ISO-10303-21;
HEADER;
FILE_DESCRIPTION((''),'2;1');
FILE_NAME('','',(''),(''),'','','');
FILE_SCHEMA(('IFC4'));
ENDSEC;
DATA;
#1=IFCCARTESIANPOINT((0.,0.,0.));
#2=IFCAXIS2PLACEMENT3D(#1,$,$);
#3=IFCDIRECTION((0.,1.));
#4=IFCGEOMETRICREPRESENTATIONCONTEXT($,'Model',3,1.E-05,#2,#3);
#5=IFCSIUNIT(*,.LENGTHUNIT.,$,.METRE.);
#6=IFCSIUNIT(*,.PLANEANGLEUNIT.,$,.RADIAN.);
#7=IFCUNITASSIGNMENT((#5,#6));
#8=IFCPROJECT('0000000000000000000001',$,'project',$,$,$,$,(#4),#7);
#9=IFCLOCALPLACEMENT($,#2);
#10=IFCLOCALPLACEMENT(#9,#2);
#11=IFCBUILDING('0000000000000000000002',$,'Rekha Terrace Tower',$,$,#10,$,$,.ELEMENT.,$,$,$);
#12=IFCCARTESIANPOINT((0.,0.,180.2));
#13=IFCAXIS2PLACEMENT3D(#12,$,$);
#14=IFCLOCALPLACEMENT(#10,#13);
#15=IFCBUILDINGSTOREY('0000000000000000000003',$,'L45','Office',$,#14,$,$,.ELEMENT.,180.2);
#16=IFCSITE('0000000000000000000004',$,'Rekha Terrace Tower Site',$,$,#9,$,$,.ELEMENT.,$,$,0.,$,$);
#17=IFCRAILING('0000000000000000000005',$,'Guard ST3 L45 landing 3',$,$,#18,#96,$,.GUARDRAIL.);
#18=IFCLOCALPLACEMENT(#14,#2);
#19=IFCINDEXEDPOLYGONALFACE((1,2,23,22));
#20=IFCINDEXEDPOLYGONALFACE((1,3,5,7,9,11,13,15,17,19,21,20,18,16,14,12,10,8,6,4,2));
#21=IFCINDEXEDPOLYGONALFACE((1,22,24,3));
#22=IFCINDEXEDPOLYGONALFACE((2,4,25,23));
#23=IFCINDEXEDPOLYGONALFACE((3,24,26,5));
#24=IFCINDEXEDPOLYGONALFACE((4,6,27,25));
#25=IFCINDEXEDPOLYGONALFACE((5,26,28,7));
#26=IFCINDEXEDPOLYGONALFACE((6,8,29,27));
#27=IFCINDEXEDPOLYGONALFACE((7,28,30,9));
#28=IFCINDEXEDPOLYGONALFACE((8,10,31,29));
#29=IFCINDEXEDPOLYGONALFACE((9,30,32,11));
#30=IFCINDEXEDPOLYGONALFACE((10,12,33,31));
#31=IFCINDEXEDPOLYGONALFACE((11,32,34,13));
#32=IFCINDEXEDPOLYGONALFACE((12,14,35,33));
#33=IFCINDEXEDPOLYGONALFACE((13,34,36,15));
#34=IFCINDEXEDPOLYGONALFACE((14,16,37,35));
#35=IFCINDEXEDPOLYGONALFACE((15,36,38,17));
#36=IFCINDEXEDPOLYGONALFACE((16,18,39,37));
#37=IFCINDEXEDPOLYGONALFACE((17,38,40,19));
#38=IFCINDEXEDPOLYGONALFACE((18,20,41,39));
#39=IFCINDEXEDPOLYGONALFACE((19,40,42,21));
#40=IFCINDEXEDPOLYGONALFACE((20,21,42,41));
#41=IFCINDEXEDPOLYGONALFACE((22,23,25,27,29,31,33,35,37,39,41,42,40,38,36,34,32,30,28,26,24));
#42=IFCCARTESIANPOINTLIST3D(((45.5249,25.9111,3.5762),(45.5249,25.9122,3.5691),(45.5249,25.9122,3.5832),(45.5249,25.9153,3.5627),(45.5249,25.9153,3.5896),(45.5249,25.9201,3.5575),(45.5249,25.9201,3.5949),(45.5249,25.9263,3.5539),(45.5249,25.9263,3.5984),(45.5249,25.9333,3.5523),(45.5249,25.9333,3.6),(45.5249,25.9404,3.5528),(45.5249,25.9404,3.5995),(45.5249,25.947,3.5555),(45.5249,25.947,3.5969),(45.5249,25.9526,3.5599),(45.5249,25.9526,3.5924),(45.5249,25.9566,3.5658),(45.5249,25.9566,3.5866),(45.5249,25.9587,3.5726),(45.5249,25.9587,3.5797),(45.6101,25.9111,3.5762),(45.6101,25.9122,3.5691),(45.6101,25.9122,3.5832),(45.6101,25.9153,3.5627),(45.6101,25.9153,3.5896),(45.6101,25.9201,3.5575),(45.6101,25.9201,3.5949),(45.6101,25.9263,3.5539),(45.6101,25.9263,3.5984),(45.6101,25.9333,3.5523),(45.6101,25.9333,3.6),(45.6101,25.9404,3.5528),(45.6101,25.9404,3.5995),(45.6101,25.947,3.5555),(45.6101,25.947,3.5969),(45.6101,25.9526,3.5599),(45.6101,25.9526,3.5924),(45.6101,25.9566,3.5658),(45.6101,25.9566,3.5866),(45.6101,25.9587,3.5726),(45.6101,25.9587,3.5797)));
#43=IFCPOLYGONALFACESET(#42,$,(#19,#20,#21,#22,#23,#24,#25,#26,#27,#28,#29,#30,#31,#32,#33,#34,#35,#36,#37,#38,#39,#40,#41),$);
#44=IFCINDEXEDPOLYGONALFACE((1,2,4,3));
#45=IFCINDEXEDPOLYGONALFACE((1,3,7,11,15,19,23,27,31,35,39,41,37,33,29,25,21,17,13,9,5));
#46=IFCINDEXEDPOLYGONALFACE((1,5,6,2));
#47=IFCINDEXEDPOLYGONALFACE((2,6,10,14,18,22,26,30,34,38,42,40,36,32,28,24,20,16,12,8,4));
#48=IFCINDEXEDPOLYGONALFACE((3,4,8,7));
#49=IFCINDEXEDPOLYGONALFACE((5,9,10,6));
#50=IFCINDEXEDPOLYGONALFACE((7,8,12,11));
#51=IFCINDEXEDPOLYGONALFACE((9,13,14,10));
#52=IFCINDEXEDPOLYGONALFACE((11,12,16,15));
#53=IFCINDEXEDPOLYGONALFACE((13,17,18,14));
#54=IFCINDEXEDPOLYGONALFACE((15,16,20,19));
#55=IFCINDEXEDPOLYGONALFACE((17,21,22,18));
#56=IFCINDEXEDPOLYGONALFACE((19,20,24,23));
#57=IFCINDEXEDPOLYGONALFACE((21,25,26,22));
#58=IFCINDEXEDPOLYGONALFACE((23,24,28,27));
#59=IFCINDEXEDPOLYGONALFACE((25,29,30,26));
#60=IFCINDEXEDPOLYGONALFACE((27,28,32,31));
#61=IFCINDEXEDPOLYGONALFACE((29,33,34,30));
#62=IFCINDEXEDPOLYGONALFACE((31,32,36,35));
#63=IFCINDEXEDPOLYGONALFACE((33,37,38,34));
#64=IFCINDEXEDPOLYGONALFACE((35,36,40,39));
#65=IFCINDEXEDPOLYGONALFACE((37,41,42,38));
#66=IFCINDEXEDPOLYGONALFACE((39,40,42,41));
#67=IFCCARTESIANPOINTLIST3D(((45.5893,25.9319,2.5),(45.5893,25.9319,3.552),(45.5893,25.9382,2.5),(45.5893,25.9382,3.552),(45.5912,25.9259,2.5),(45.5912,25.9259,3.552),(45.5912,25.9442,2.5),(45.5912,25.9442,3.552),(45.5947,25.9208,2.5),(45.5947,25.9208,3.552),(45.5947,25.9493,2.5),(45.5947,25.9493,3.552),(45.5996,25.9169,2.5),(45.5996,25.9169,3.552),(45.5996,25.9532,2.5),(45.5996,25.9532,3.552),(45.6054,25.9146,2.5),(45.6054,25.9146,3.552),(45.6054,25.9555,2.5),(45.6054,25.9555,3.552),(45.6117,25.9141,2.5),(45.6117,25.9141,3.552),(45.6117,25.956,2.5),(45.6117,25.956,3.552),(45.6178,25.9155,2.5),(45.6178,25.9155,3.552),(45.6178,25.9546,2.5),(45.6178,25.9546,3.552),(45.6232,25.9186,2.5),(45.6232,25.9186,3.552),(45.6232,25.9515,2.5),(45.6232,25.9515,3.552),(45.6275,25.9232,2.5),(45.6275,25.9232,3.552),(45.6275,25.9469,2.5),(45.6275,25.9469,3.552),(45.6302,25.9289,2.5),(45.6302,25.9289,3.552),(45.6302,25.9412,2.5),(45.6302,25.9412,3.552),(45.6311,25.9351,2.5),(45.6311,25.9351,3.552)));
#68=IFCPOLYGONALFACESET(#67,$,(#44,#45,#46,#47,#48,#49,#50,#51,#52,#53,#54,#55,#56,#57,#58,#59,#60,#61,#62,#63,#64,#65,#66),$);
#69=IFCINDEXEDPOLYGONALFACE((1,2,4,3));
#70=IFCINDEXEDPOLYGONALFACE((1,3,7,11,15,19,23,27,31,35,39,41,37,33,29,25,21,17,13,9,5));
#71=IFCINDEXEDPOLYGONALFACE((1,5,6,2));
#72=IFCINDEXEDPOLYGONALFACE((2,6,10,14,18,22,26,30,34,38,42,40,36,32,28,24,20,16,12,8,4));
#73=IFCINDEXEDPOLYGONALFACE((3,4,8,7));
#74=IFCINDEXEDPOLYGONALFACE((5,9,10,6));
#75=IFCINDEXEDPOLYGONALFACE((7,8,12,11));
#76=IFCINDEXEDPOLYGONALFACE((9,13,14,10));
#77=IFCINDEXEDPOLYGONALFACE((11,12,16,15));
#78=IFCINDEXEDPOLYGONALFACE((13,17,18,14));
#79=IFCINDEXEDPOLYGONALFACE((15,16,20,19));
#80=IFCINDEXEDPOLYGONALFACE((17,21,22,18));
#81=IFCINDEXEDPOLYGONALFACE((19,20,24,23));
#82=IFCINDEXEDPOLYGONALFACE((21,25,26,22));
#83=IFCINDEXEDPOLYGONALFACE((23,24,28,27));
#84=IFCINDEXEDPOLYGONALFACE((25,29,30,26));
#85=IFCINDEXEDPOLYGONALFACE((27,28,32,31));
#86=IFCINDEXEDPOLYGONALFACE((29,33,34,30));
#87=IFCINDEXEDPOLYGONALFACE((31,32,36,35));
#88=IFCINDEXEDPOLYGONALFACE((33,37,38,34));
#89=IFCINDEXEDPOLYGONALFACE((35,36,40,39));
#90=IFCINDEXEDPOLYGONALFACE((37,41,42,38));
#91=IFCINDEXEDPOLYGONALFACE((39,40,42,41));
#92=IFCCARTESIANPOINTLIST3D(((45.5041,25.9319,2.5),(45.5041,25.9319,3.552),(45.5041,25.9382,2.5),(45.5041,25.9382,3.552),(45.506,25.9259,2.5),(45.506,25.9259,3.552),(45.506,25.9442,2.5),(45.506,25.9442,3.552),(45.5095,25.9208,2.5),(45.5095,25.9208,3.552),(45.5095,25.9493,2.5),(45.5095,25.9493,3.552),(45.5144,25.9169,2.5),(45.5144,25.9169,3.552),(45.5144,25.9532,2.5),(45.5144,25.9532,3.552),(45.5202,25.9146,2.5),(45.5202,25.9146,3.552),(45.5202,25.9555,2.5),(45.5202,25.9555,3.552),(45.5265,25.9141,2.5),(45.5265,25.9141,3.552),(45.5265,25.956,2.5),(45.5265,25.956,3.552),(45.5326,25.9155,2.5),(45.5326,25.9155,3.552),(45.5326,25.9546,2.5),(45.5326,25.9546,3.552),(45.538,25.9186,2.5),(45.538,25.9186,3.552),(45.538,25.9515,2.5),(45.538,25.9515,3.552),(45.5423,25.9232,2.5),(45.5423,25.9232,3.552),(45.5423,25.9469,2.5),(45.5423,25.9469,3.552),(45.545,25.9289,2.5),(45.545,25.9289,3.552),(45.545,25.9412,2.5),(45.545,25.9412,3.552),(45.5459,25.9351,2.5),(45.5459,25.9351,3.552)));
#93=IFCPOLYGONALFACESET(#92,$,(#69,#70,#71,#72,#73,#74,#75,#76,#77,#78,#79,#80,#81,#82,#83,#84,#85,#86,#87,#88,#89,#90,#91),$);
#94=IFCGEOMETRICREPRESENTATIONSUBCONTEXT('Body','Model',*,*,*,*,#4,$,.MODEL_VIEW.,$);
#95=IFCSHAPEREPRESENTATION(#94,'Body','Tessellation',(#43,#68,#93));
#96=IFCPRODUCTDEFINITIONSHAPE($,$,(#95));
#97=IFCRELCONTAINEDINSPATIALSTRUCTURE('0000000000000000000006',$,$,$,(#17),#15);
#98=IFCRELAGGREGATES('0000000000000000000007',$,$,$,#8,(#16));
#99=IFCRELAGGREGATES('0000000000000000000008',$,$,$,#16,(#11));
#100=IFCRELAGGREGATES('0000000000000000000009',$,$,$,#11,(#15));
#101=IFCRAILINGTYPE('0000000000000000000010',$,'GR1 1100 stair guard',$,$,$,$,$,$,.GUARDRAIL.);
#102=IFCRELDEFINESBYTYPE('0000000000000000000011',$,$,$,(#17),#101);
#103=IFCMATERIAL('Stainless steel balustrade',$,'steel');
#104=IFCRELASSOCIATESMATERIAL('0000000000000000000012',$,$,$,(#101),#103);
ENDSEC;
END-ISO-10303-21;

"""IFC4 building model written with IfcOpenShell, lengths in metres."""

from ifc_helpers import new_model, si_unit, direction, frame, origin, origin_2d, place, context, subcontext, project, spatial, circle, extrude, material, type_object, element, save


model = new_model("IFC4")

# Units and contexts
model_context = context("Model", 3, precision=1e-05, world=origin(), true_north=direction((0.0, 1.0)))
body_context = subcontext(model_context, "Body", "Model", "MODEL_VIEW")
ifc_project = project(units=[si_unit("LENGTHUNIT", "METRE"), si_unit("PLANEANGLEUNIT", "RADIAN")], contexts=[model_context])

# Site, building, storey
site_placement = place(None, origin())
site = spatial("IfcSite", under=ifc_project, at=site_placement, Name="Rekha Terrace Tower Site", CompositionType="ELEMENT", RefElevation=0.0)
building_placement = place(site_placement, origin())
building = spatial("IfcBuilding", under=site, at=building_placement, Name="Rekha Terrace Tower", CompositionType="ELEMENT")
storey_placement = place(building_placement, frame((0.0, 0.0, 180.2)))
storey = spatial("IfcBuildingStorey", under=building, at=storey_placement, Name="L45", Description="Office", CompositionType="ELEMENT", Elevation=180.2)

# Railing
ifc_material_1 = material(Name="Stainless steel balustrade", Category="steel")
railing_type_1 = type_object("IfcRailingType", Name="GR1 1100 stair guard", PredefinedType="GUARDRAIL", material=ifc_material_1)
railing_1_placement = place(storey_placement, frame((45.6101, 25.9351, 2.5)))
element("IfcRailing", 1, at=railing_1_placement, inside=storey, type_object=railing_type_1, Name="Guard ST3 L45 landing 3", PredefinedType="GUARDRAIL", context=body_context, shape_type="SweptSolid", body=[
    extrude(circle(Radius=0.0239, at=origin_2d()), frame((0.0, 0.0, 1.0762), z_axis=(-1.0, 0.0, 0.0), x_axis=(0.0, -1.0, 0.0)), (0.0, 0.0, 1.0), 0.0852),
    extrude(circle(Radius=0.021, at=origin_2d()), origin(), (0.0, 0.0, 1.0), 1.052),
    extrude(circle(Radius=0.021, at=origin_2d()), frame((-0.0852, 0.0, 0.0)), (0.0, 0.0, 1.0), 1.052),
])

save(model, "model.ifc")
